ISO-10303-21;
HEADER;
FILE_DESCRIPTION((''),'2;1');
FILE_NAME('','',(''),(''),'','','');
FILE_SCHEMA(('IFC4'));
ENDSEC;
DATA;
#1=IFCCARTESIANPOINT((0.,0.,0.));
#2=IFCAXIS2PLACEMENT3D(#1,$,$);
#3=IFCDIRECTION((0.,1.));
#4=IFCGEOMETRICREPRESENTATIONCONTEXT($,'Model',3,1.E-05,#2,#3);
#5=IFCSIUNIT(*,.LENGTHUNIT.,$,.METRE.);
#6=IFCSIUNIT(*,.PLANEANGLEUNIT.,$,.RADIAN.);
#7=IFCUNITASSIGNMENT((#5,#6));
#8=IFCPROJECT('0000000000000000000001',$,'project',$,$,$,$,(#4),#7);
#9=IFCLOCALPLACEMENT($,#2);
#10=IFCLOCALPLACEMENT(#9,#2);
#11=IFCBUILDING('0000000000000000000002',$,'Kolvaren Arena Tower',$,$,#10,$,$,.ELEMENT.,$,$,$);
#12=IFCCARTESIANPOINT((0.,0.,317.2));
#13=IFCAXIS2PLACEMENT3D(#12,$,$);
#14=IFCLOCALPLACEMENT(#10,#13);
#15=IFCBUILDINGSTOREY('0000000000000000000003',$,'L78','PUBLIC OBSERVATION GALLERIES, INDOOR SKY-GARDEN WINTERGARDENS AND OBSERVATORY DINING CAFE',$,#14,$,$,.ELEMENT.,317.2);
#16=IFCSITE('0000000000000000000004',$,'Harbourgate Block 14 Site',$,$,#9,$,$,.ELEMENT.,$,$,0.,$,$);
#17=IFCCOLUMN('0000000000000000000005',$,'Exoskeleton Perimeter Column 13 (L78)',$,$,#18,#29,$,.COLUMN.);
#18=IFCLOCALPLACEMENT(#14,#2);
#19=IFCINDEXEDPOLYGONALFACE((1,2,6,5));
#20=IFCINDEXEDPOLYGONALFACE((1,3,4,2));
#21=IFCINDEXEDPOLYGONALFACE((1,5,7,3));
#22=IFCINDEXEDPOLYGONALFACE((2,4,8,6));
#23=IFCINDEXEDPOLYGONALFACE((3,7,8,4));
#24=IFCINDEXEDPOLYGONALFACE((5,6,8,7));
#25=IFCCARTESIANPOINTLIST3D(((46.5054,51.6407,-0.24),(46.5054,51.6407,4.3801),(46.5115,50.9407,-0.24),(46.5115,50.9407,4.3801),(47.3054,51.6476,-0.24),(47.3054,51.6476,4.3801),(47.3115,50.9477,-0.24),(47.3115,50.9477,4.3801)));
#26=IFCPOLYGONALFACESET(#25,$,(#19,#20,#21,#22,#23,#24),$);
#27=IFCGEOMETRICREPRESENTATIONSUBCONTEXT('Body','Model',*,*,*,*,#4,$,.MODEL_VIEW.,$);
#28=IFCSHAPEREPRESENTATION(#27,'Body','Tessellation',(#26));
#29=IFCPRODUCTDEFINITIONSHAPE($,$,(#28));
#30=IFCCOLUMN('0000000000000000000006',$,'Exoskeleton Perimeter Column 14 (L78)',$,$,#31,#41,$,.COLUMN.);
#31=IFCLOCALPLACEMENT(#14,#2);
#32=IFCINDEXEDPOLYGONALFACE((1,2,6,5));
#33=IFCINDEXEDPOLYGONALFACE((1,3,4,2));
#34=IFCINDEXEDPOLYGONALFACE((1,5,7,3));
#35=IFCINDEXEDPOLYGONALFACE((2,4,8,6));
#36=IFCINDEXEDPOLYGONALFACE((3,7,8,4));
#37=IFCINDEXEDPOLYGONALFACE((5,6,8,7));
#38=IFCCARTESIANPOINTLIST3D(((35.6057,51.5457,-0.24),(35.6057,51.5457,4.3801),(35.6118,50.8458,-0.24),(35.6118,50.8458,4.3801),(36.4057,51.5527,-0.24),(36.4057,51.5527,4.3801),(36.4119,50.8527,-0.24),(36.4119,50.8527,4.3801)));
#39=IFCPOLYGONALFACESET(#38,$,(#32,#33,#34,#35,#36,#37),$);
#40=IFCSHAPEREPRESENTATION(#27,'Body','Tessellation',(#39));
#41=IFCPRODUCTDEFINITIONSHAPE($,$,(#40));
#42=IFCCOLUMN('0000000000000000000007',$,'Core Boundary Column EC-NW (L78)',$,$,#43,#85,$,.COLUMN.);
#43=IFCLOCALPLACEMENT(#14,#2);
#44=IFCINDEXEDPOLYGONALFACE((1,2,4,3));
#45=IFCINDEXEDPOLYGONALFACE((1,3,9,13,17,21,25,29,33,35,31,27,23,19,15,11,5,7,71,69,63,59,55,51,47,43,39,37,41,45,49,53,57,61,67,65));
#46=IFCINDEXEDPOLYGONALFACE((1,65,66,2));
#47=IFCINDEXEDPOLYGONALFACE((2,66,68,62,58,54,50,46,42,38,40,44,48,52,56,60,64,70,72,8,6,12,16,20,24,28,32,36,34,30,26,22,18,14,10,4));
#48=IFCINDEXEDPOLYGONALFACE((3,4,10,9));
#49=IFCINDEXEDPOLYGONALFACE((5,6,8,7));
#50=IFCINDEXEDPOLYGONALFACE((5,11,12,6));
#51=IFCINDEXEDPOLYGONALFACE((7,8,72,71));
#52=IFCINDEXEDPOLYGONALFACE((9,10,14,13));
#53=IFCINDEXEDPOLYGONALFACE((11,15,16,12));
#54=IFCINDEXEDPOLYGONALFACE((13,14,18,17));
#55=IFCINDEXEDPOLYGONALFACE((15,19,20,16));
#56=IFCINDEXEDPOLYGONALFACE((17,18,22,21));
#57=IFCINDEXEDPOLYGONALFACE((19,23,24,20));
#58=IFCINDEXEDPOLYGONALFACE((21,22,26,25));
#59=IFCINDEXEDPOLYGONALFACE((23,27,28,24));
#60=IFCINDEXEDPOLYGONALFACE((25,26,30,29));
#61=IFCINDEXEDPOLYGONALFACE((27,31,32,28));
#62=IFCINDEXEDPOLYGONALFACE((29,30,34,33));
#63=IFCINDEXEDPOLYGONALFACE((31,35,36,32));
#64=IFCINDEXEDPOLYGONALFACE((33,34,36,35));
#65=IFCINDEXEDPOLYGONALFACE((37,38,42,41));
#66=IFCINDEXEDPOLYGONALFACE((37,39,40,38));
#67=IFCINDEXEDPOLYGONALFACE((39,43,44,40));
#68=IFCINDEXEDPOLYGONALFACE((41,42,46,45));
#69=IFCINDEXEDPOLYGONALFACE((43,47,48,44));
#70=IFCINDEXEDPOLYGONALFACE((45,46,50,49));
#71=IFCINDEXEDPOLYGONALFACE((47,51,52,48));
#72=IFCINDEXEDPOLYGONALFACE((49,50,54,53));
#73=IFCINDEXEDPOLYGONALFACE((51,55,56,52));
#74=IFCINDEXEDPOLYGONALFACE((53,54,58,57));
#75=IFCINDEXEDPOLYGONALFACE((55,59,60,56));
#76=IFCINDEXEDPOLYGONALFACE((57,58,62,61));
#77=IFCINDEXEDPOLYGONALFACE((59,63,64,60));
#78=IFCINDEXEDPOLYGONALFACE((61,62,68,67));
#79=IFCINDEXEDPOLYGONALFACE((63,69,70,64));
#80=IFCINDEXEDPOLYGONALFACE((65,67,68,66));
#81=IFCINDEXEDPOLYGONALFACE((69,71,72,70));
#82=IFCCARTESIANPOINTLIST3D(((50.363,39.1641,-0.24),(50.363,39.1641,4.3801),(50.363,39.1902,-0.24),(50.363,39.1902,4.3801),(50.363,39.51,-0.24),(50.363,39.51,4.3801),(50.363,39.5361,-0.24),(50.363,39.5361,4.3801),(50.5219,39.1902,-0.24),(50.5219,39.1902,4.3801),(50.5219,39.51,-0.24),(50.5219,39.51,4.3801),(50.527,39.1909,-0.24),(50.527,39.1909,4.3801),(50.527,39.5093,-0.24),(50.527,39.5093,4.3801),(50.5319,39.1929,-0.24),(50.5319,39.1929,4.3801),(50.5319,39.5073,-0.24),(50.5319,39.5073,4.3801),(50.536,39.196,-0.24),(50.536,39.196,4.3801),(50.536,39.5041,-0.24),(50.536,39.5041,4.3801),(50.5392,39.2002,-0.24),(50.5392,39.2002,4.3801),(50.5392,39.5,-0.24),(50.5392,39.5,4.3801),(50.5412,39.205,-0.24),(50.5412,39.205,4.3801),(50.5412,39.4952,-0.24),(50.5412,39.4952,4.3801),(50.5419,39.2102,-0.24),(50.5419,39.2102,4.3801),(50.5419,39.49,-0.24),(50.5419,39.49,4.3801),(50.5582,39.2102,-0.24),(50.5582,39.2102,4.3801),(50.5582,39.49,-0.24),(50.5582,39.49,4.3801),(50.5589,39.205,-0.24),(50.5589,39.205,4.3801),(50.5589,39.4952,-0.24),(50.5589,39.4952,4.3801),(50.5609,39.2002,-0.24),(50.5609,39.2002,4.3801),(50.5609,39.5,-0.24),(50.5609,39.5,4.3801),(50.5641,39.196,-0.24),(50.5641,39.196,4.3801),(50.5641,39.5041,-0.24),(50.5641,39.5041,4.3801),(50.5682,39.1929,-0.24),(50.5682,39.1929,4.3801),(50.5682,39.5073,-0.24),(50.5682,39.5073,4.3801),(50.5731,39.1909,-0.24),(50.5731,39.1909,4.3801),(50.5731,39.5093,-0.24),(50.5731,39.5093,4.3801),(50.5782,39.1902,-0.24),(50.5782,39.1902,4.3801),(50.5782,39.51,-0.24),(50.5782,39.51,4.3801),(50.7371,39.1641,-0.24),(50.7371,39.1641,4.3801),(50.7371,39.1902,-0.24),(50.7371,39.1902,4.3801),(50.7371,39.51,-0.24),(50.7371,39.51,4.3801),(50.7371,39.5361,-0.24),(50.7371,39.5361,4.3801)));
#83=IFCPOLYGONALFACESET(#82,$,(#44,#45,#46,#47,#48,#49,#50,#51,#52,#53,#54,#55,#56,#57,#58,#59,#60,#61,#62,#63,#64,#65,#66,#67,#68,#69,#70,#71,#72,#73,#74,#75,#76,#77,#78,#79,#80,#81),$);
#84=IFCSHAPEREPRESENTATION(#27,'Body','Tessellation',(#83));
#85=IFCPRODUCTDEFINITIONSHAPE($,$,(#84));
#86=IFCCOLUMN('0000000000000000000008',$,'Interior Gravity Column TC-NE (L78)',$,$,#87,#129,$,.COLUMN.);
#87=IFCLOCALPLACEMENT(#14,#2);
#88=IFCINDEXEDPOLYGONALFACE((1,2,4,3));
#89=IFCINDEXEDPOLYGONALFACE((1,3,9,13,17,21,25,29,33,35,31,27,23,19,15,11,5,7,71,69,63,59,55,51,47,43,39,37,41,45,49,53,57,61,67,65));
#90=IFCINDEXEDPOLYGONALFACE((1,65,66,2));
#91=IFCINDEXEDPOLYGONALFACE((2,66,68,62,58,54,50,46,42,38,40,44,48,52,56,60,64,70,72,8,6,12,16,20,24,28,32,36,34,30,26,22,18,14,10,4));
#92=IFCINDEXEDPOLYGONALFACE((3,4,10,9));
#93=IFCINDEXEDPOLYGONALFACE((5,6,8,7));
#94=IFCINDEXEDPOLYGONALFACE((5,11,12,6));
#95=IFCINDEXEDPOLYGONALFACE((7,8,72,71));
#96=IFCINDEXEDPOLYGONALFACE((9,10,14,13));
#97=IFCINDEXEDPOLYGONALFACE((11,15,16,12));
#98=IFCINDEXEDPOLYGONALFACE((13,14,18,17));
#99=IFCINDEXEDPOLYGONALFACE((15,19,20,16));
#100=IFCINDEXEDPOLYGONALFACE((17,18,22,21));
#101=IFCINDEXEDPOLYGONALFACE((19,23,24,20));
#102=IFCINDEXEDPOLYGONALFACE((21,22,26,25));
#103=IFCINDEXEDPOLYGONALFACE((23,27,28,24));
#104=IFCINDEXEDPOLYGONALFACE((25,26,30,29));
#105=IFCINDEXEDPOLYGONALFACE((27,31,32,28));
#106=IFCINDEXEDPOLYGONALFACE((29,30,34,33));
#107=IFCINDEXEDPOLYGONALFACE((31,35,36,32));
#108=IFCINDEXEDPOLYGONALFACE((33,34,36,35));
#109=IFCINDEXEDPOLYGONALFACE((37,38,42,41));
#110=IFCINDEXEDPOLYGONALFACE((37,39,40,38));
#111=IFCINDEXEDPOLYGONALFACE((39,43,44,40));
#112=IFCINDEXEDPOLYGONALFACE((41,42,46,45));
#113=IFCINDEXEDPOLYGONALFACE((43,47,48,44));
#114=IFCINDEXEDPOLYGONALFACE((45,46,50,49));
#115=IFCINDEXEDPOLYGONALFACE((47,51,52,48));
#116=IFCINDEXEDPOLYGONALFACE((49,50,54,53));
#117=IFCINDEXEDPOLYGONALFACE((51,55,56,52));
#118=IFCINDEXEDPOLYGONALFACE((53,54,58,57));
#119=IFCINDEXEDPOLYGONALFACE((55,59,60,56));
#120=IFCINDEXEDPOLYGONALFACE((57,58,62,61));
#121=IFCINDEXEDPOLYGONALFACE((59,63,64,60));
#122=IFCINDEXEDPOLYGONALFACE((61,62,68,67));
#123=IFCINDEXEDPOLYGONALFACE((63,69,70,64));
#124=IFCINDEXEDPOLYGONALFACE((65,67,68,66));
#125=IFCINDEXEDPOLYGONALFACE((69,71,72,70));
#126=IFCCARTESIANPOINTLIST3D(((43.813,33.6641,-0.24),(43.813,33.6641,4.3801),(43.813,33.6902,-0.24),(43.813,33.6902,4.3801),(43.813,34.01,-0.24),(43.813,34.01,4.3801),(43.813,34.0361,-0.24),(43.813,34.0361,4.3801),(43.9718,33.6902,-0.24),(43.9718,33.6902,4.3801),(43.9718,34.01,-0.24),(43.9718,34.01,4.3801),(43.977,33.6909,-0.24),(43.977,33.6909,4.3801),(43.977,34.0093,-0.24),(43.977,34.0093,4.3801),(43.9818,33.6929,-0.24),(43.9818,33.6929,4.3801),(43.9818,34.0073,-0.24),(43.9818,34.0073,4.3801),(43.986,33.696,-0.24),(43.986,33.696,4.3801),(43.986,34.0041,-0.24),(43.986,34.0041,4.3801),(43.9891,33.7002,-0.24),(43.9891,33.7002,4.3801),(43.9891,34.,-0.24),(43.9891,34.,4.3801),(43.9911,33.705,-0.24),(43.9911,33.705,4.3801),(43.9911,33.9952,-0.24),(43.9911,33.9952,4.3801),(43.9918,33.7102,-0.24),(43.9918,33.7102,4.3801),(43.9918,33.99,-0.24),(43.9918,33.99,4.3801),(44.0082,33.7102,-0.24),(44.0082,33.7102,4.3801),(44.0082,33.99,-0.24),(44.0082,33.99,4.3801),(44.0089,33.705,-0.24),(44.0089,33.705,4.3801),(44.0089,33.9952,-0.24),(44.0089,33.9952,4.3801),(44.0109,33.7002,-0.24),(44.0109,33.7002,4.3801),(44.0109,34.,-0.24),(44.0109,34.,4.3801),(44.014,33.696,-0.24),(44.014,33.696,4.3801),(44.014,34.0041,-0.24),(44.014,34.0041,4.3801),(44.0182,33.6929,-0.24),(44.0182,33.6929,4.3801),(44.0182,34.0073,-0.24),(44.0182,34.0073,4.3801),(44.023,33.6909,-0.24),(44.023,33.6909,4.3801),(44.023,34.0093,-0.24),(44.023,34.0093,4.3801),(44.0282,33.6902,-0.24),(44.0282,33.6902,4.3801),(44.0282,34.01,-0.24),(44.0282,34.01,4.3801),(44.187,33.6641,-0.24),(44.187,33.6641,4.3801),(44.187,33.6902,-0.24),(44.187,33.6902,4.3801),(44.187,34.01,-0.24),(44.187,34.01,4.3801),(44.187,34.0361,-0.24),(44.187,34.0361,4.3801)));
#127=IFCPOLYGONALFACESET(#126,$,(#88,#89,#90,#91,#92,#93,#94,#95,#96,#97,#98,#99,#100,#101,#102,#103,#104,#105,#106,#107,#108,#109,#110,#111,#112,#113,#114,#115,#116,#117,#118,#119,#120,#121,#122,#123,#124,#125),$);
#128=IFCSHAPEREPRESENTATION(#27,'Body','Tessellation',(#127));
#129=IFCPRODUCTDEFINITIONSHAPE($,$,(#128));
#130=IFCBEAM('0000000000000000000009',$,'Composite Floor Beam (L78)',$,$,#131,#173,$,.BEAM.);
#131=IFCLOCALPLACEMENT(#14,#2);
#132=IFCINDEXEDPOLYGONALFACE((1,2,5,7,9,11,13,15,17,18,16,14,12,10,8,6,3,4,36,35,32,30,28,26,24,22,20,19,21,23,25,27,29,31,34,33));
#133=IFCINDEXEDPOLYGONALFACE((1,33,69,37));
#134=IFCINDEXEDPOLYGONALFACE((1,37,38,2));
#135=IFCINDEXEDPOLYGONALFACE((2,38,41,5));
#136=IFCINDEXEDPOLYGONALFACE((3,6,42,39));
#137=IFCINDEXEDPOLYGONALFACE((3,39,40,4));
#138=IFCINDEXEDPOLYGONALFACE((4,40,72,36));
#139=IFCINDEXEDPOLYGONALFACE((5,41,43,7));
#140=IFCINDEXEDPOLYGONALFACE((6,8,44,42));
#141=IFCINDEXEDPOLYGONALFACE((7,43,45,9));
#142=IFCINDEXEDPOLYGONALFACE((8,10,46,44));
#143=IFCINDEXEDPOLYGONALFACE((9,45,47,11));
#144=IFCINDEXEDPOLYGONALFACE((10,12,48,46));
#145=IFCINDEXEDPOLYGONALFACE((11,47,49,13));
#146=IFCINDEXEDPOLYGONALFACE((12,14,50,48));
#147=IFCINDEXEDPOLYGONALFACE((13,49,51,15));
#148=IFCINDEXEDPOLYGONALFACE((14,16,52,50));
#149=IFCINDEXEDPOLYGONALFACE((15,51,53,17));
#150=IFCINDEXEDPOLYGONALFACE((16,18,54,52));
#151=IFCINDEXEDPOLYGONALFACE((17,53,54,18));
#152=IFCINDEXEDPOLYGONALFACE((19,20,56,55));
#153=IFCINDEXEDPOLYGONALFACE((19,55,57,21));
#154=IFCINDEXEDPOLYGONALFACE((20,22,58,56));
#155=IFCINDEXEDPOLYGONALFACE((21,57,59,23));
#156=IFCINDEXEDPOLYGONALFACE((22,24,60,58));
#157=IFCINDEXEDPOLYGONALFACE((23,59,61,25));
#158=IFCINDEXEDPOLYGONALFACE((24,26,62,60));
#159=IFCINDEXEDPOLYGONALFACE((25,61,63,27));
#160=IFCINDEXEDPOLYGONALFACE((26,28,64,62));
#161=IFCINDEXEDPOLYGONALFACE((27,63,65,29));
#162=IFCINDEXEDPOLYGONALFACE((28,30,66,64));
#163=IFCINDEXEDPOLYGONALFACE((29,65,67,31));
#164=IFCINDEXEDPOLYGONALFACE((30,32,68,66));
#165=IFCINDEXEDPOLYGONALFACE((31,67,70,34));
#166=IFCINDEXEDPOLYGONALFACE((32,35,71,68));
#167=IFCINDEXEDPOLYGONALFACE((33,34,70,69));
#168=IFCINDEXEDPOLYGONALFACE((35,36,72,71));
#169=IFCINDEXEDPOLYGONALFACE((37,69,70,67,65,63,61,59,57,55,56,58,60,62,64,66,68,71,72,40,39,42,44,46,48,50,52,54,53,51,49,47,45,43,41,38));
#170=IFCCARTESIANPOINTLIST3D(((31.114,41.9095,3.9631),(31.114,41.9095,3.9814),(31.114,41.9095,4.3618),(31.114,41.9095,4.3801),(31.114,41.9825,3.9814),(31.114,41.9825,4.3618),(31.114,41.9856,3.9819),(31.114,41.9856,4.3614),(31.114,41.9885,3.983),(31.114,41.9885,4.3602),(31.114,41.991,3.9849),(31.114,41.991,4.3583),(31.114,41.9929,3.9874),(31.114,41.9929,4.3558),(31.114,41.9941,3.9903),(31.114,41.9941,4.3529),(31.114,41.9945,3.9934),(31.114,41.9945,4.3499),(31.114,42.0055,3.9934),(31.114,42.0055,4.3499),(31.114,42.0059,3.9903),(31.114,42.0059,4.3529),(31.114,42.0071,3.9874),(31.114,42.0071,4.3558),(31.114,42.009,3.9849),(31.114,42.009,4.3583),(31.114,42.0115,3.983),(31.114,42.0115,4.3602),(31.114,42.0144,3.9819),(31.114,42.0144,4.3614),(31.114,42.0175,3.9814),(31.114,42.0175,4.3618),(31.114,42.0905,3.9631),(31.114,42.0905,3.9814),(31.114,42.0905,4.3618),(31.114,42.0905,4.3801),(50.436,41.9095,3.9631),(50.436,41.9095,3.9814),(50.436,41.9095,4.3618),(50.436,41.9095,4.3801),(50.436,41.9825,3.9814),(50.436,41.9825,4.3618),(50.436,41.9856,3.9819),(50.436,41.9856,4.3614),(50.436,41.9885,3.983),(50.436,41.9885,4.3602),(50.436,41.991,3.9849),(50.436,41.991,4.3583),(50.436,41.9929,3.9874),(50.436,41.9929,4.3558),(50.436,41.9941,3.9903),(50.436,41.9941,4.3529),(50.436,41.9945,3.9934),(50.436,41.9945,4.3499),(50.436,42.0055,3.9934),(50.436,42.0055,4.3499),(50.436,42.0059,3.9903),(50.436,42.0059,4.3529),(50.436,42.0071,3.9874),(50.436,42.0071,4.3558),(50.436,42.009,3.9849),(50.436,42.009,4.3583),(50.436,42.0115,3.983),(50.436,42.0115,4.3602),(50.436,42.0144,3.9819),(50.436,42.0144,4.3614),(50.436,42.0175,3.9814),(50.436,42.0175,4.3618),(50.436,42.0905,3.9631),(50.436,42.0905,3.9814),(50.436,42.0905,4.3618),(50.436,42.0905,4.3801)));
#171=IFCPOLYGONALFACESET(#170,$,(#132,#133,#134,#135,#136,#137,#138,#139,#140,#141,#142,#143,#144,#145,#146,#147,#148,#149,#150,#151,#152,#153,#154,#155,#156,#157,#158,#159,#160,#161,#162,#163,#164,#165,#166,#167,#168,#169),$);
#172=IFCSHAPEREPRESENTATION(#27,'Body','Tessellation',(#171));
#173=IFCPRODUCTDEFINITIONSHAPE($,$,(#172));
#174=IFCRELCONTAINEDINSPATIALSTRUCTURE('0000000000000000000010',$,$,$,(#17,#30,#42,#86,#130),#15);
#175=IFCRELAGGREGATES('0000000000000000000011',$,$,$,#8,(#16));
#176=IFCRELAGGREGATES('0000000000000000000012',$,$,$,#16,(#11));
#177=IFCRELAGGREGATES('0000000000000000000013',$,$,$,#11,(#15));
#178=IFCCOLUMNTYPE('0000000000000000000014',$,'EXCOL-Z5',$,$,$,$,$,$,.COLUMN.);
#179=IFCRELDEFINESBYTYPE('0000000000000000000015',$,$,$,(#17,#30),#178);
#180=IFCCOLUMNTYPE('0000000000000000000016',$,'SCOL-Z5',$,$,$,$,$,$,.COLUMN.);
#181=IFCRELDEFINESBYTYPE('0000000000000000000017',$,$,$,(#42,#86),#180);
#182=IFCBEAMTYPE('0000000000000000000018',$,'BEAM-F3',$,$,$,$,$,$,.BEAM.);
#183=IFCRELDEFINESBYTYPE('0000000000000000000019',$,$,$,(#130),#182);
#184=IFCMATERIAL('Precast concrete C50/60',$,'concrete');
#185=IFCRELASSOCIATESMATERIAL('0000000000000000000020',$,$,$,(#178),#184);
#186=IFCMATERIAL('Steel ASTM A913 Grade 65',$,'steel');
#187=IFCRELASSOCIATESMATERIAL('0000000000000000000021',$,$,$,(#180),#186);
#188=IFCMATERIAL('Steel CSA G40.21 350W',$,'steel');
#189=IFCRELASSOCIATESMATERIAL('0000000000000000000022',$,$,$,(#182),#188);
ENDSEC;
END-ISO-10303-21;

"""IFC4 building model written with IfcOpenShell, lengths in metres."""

from ifc_helpers import new_model, si_unit, direction, frame, origin, origin_2d, place, context, subcontext, project, spatial, rectangle, i_section, extrude, material, material_profile, profile_set, type_object, element, save


model = new_model("IFC4")

# Units and contexts
model_context = context("Model", 3, precision=1e-05, world=origin(), true_north=direction((0.0, 1.0)))
body_context = subcontext(model_context, "Body", "Model", "MODEL_VIEW")
ifc_project = project(units=[si_unit("LENGTHUNIT", "METRE"), si_unit("PLANEANGLEUNIT", "RADIAN")], contexts=[model_context])

# Site, building, storey
site_placement = place(None, origin())
site = spatial("IfcSite", under=ifc_project, at=site_placement, Name="Harbourgate Block 14 Site", CompositionType="ELEMENT", RefElevation=0.0)
building_placement = place(site_placement, origin())
building = spatial("IfcBuilding", under=site, at=building_placement, Name="Kolvaren Arena Tower", CompositionType="ELEMENT")
storey_placement = place(building_placement, frame((0.0, 0.0, 317.2)))
storey = spatial("IfcBuildingStorey", under=building, at=storey_placement, Name="L78", Description="PUBLIC OBSERVATION GALLERIES, INDOOR SKY-GARDEN WINTERGARDENS AND OBSERVATORY DINING CAFE", CompositionType="ELEMENT", Elevation=317.2)

# Columns
ifc_material_1 = material(Name="Precast concrete C50/60", Category="concrete")
ifc_material_profile_1 = material_profile(ifc_material_1, rectangle(XDim=0.8, YDim=0.7, at=origin_2d()), Name="RC-800x700")
ifc_profile_set_1 = profile_set([ifc_material_profile_1], Name="Precast concrete C50/60")
column_type_1 = type_object("IfcColumnType", Name="EXCOL-Z5", PredefinedType="COLUMN", material=ifc_profile_set_1)
for number, where, z_axis, x_axis, name in (
    (1, (46.9084, 51.2942, -0.24), (0.0, 0.0, 1.0), (0.999962, 0.008727, 0.0), "Exoskeleton Perimeter Column 13 (L78)"),
    (2, (36.0088, 51.1992, -0.24), (0.0, 0.0, 1.0), (0.999962, 0.008727, 0.0), "Exoskeleton Perimeter Column 14 (L78)"),
):
    element("IfcColumn", number, at=place(storey_placement, frame(where, z_axis=z_axis, x_axis=x_axis)), inside=storey, type_object=column_type_1, Name=name, PredefinedType="COLUMN", context=body_context, shape_type="SweptSolid", body=[
        extrude(rectangle(XDim=0.8, YDim=0.7, at=origin_2d()), origin(), (0.0, 0.0, 1.0), 4.6201),
    ])
ifc_material_2 = material(Name="Steel ASTM A913 Grade 65", Category="steel")
ifc_material_profile_2 = material_profile(ifc_material_2, i_section(OverallWidth=0.374, OverallDepth=0.3721, WebThickness=0.0164, FlangeThickness=0.0261, FilletRadius=0.02, at=origin_2d()), Name="W360x196")
ifc_profile_set_2 = profile_set([ifc_material_profile_2], Name="Steel ASTM A913 Grade 65")
column_type_2 = type_object("IfcColumnType", Name="SCOL-Z5", PredefinedType="COLUMN", material=ifc_profile_set_2)
for number, where, z_axis, x_axis, name in (
    (3, (50.55, 39.3501, -0.24), (0.0, 0.0, 1.0), (1.0, 0.0, 0.0), "Core Boundary Column EC-NW (L78)"),
    (4, (44.0, 33.8501, -0.24), (0.0, 0.0, 1.0), (1.0, 0.0, 0.0), "Interior Gravity Column TC-NE (L78)"),
):
    element("IfcColumn", number, at=place(storey_placement, frame(where, z_axis=z_axis, x_axis=x_axis)), inside=storey, type_object=column_type_2, Name=name, PredefinedType="COLUMN", context=body_context, shape_type="SweptSolid", body=[
        extrude(i_section(OverallWidth=0.374, OverallDepth=0.3721, WebThickness=0.0164, FlangeThickness=0.0261, FilletRadius=0.02, at=origin_2d()), origin(), (0.0, 0.0, 1.0), 4.6201),
    ])

# Beam
ifc_material_3 = material(Name="Steel CSA G40.21 350W", Category="steel")
ifc_material_profile_3 = material_profile(ifc_material_3, i_section(OverallWidth=0.1809, OverallDepth=0.417, WebThickness=0.011, FlangeThickness=0.0183, FilletRadius=0.012, at=origin_2d()), Name="W410x85")
ifc_profile_set_3 = profile_set([ifc_material_profile_3], Name="Steel CSA G40.21 350W")
beam_type_1 = type_object("IfcBeamType", Name="BEAM-F3", PredefinedType="BEAM", material=ifc_profile_set_3)
for number, where, z_axis, x_axis, name in (
    (5, (31.114, 42.0, 4.1716), (1.0, 0.0, 0.0), (0.0, 1.0, 0.0), "Composite Floor Beam (L78)"),
):
    element("IfcBeam", number, at=place(storey_placement, frame(where, z_axis=z_axis, x_axis=x_axis)), inside=storey, type_object=beam_type_1, Name=name, PredefinedType="BEAM", context=body_context, shape_type="SweptSolid", body=[
        extrude(i_section(OverallWidth=0.1809, OverallDepth=0.417, WebThickness=0.011, FlangeThickness=0.0183, FilletRadius=0.012, at=origin_2d()), origin(), (0.0, 0.0, 1.0), 19.322),
    ])

save(model, "model.ifc")
